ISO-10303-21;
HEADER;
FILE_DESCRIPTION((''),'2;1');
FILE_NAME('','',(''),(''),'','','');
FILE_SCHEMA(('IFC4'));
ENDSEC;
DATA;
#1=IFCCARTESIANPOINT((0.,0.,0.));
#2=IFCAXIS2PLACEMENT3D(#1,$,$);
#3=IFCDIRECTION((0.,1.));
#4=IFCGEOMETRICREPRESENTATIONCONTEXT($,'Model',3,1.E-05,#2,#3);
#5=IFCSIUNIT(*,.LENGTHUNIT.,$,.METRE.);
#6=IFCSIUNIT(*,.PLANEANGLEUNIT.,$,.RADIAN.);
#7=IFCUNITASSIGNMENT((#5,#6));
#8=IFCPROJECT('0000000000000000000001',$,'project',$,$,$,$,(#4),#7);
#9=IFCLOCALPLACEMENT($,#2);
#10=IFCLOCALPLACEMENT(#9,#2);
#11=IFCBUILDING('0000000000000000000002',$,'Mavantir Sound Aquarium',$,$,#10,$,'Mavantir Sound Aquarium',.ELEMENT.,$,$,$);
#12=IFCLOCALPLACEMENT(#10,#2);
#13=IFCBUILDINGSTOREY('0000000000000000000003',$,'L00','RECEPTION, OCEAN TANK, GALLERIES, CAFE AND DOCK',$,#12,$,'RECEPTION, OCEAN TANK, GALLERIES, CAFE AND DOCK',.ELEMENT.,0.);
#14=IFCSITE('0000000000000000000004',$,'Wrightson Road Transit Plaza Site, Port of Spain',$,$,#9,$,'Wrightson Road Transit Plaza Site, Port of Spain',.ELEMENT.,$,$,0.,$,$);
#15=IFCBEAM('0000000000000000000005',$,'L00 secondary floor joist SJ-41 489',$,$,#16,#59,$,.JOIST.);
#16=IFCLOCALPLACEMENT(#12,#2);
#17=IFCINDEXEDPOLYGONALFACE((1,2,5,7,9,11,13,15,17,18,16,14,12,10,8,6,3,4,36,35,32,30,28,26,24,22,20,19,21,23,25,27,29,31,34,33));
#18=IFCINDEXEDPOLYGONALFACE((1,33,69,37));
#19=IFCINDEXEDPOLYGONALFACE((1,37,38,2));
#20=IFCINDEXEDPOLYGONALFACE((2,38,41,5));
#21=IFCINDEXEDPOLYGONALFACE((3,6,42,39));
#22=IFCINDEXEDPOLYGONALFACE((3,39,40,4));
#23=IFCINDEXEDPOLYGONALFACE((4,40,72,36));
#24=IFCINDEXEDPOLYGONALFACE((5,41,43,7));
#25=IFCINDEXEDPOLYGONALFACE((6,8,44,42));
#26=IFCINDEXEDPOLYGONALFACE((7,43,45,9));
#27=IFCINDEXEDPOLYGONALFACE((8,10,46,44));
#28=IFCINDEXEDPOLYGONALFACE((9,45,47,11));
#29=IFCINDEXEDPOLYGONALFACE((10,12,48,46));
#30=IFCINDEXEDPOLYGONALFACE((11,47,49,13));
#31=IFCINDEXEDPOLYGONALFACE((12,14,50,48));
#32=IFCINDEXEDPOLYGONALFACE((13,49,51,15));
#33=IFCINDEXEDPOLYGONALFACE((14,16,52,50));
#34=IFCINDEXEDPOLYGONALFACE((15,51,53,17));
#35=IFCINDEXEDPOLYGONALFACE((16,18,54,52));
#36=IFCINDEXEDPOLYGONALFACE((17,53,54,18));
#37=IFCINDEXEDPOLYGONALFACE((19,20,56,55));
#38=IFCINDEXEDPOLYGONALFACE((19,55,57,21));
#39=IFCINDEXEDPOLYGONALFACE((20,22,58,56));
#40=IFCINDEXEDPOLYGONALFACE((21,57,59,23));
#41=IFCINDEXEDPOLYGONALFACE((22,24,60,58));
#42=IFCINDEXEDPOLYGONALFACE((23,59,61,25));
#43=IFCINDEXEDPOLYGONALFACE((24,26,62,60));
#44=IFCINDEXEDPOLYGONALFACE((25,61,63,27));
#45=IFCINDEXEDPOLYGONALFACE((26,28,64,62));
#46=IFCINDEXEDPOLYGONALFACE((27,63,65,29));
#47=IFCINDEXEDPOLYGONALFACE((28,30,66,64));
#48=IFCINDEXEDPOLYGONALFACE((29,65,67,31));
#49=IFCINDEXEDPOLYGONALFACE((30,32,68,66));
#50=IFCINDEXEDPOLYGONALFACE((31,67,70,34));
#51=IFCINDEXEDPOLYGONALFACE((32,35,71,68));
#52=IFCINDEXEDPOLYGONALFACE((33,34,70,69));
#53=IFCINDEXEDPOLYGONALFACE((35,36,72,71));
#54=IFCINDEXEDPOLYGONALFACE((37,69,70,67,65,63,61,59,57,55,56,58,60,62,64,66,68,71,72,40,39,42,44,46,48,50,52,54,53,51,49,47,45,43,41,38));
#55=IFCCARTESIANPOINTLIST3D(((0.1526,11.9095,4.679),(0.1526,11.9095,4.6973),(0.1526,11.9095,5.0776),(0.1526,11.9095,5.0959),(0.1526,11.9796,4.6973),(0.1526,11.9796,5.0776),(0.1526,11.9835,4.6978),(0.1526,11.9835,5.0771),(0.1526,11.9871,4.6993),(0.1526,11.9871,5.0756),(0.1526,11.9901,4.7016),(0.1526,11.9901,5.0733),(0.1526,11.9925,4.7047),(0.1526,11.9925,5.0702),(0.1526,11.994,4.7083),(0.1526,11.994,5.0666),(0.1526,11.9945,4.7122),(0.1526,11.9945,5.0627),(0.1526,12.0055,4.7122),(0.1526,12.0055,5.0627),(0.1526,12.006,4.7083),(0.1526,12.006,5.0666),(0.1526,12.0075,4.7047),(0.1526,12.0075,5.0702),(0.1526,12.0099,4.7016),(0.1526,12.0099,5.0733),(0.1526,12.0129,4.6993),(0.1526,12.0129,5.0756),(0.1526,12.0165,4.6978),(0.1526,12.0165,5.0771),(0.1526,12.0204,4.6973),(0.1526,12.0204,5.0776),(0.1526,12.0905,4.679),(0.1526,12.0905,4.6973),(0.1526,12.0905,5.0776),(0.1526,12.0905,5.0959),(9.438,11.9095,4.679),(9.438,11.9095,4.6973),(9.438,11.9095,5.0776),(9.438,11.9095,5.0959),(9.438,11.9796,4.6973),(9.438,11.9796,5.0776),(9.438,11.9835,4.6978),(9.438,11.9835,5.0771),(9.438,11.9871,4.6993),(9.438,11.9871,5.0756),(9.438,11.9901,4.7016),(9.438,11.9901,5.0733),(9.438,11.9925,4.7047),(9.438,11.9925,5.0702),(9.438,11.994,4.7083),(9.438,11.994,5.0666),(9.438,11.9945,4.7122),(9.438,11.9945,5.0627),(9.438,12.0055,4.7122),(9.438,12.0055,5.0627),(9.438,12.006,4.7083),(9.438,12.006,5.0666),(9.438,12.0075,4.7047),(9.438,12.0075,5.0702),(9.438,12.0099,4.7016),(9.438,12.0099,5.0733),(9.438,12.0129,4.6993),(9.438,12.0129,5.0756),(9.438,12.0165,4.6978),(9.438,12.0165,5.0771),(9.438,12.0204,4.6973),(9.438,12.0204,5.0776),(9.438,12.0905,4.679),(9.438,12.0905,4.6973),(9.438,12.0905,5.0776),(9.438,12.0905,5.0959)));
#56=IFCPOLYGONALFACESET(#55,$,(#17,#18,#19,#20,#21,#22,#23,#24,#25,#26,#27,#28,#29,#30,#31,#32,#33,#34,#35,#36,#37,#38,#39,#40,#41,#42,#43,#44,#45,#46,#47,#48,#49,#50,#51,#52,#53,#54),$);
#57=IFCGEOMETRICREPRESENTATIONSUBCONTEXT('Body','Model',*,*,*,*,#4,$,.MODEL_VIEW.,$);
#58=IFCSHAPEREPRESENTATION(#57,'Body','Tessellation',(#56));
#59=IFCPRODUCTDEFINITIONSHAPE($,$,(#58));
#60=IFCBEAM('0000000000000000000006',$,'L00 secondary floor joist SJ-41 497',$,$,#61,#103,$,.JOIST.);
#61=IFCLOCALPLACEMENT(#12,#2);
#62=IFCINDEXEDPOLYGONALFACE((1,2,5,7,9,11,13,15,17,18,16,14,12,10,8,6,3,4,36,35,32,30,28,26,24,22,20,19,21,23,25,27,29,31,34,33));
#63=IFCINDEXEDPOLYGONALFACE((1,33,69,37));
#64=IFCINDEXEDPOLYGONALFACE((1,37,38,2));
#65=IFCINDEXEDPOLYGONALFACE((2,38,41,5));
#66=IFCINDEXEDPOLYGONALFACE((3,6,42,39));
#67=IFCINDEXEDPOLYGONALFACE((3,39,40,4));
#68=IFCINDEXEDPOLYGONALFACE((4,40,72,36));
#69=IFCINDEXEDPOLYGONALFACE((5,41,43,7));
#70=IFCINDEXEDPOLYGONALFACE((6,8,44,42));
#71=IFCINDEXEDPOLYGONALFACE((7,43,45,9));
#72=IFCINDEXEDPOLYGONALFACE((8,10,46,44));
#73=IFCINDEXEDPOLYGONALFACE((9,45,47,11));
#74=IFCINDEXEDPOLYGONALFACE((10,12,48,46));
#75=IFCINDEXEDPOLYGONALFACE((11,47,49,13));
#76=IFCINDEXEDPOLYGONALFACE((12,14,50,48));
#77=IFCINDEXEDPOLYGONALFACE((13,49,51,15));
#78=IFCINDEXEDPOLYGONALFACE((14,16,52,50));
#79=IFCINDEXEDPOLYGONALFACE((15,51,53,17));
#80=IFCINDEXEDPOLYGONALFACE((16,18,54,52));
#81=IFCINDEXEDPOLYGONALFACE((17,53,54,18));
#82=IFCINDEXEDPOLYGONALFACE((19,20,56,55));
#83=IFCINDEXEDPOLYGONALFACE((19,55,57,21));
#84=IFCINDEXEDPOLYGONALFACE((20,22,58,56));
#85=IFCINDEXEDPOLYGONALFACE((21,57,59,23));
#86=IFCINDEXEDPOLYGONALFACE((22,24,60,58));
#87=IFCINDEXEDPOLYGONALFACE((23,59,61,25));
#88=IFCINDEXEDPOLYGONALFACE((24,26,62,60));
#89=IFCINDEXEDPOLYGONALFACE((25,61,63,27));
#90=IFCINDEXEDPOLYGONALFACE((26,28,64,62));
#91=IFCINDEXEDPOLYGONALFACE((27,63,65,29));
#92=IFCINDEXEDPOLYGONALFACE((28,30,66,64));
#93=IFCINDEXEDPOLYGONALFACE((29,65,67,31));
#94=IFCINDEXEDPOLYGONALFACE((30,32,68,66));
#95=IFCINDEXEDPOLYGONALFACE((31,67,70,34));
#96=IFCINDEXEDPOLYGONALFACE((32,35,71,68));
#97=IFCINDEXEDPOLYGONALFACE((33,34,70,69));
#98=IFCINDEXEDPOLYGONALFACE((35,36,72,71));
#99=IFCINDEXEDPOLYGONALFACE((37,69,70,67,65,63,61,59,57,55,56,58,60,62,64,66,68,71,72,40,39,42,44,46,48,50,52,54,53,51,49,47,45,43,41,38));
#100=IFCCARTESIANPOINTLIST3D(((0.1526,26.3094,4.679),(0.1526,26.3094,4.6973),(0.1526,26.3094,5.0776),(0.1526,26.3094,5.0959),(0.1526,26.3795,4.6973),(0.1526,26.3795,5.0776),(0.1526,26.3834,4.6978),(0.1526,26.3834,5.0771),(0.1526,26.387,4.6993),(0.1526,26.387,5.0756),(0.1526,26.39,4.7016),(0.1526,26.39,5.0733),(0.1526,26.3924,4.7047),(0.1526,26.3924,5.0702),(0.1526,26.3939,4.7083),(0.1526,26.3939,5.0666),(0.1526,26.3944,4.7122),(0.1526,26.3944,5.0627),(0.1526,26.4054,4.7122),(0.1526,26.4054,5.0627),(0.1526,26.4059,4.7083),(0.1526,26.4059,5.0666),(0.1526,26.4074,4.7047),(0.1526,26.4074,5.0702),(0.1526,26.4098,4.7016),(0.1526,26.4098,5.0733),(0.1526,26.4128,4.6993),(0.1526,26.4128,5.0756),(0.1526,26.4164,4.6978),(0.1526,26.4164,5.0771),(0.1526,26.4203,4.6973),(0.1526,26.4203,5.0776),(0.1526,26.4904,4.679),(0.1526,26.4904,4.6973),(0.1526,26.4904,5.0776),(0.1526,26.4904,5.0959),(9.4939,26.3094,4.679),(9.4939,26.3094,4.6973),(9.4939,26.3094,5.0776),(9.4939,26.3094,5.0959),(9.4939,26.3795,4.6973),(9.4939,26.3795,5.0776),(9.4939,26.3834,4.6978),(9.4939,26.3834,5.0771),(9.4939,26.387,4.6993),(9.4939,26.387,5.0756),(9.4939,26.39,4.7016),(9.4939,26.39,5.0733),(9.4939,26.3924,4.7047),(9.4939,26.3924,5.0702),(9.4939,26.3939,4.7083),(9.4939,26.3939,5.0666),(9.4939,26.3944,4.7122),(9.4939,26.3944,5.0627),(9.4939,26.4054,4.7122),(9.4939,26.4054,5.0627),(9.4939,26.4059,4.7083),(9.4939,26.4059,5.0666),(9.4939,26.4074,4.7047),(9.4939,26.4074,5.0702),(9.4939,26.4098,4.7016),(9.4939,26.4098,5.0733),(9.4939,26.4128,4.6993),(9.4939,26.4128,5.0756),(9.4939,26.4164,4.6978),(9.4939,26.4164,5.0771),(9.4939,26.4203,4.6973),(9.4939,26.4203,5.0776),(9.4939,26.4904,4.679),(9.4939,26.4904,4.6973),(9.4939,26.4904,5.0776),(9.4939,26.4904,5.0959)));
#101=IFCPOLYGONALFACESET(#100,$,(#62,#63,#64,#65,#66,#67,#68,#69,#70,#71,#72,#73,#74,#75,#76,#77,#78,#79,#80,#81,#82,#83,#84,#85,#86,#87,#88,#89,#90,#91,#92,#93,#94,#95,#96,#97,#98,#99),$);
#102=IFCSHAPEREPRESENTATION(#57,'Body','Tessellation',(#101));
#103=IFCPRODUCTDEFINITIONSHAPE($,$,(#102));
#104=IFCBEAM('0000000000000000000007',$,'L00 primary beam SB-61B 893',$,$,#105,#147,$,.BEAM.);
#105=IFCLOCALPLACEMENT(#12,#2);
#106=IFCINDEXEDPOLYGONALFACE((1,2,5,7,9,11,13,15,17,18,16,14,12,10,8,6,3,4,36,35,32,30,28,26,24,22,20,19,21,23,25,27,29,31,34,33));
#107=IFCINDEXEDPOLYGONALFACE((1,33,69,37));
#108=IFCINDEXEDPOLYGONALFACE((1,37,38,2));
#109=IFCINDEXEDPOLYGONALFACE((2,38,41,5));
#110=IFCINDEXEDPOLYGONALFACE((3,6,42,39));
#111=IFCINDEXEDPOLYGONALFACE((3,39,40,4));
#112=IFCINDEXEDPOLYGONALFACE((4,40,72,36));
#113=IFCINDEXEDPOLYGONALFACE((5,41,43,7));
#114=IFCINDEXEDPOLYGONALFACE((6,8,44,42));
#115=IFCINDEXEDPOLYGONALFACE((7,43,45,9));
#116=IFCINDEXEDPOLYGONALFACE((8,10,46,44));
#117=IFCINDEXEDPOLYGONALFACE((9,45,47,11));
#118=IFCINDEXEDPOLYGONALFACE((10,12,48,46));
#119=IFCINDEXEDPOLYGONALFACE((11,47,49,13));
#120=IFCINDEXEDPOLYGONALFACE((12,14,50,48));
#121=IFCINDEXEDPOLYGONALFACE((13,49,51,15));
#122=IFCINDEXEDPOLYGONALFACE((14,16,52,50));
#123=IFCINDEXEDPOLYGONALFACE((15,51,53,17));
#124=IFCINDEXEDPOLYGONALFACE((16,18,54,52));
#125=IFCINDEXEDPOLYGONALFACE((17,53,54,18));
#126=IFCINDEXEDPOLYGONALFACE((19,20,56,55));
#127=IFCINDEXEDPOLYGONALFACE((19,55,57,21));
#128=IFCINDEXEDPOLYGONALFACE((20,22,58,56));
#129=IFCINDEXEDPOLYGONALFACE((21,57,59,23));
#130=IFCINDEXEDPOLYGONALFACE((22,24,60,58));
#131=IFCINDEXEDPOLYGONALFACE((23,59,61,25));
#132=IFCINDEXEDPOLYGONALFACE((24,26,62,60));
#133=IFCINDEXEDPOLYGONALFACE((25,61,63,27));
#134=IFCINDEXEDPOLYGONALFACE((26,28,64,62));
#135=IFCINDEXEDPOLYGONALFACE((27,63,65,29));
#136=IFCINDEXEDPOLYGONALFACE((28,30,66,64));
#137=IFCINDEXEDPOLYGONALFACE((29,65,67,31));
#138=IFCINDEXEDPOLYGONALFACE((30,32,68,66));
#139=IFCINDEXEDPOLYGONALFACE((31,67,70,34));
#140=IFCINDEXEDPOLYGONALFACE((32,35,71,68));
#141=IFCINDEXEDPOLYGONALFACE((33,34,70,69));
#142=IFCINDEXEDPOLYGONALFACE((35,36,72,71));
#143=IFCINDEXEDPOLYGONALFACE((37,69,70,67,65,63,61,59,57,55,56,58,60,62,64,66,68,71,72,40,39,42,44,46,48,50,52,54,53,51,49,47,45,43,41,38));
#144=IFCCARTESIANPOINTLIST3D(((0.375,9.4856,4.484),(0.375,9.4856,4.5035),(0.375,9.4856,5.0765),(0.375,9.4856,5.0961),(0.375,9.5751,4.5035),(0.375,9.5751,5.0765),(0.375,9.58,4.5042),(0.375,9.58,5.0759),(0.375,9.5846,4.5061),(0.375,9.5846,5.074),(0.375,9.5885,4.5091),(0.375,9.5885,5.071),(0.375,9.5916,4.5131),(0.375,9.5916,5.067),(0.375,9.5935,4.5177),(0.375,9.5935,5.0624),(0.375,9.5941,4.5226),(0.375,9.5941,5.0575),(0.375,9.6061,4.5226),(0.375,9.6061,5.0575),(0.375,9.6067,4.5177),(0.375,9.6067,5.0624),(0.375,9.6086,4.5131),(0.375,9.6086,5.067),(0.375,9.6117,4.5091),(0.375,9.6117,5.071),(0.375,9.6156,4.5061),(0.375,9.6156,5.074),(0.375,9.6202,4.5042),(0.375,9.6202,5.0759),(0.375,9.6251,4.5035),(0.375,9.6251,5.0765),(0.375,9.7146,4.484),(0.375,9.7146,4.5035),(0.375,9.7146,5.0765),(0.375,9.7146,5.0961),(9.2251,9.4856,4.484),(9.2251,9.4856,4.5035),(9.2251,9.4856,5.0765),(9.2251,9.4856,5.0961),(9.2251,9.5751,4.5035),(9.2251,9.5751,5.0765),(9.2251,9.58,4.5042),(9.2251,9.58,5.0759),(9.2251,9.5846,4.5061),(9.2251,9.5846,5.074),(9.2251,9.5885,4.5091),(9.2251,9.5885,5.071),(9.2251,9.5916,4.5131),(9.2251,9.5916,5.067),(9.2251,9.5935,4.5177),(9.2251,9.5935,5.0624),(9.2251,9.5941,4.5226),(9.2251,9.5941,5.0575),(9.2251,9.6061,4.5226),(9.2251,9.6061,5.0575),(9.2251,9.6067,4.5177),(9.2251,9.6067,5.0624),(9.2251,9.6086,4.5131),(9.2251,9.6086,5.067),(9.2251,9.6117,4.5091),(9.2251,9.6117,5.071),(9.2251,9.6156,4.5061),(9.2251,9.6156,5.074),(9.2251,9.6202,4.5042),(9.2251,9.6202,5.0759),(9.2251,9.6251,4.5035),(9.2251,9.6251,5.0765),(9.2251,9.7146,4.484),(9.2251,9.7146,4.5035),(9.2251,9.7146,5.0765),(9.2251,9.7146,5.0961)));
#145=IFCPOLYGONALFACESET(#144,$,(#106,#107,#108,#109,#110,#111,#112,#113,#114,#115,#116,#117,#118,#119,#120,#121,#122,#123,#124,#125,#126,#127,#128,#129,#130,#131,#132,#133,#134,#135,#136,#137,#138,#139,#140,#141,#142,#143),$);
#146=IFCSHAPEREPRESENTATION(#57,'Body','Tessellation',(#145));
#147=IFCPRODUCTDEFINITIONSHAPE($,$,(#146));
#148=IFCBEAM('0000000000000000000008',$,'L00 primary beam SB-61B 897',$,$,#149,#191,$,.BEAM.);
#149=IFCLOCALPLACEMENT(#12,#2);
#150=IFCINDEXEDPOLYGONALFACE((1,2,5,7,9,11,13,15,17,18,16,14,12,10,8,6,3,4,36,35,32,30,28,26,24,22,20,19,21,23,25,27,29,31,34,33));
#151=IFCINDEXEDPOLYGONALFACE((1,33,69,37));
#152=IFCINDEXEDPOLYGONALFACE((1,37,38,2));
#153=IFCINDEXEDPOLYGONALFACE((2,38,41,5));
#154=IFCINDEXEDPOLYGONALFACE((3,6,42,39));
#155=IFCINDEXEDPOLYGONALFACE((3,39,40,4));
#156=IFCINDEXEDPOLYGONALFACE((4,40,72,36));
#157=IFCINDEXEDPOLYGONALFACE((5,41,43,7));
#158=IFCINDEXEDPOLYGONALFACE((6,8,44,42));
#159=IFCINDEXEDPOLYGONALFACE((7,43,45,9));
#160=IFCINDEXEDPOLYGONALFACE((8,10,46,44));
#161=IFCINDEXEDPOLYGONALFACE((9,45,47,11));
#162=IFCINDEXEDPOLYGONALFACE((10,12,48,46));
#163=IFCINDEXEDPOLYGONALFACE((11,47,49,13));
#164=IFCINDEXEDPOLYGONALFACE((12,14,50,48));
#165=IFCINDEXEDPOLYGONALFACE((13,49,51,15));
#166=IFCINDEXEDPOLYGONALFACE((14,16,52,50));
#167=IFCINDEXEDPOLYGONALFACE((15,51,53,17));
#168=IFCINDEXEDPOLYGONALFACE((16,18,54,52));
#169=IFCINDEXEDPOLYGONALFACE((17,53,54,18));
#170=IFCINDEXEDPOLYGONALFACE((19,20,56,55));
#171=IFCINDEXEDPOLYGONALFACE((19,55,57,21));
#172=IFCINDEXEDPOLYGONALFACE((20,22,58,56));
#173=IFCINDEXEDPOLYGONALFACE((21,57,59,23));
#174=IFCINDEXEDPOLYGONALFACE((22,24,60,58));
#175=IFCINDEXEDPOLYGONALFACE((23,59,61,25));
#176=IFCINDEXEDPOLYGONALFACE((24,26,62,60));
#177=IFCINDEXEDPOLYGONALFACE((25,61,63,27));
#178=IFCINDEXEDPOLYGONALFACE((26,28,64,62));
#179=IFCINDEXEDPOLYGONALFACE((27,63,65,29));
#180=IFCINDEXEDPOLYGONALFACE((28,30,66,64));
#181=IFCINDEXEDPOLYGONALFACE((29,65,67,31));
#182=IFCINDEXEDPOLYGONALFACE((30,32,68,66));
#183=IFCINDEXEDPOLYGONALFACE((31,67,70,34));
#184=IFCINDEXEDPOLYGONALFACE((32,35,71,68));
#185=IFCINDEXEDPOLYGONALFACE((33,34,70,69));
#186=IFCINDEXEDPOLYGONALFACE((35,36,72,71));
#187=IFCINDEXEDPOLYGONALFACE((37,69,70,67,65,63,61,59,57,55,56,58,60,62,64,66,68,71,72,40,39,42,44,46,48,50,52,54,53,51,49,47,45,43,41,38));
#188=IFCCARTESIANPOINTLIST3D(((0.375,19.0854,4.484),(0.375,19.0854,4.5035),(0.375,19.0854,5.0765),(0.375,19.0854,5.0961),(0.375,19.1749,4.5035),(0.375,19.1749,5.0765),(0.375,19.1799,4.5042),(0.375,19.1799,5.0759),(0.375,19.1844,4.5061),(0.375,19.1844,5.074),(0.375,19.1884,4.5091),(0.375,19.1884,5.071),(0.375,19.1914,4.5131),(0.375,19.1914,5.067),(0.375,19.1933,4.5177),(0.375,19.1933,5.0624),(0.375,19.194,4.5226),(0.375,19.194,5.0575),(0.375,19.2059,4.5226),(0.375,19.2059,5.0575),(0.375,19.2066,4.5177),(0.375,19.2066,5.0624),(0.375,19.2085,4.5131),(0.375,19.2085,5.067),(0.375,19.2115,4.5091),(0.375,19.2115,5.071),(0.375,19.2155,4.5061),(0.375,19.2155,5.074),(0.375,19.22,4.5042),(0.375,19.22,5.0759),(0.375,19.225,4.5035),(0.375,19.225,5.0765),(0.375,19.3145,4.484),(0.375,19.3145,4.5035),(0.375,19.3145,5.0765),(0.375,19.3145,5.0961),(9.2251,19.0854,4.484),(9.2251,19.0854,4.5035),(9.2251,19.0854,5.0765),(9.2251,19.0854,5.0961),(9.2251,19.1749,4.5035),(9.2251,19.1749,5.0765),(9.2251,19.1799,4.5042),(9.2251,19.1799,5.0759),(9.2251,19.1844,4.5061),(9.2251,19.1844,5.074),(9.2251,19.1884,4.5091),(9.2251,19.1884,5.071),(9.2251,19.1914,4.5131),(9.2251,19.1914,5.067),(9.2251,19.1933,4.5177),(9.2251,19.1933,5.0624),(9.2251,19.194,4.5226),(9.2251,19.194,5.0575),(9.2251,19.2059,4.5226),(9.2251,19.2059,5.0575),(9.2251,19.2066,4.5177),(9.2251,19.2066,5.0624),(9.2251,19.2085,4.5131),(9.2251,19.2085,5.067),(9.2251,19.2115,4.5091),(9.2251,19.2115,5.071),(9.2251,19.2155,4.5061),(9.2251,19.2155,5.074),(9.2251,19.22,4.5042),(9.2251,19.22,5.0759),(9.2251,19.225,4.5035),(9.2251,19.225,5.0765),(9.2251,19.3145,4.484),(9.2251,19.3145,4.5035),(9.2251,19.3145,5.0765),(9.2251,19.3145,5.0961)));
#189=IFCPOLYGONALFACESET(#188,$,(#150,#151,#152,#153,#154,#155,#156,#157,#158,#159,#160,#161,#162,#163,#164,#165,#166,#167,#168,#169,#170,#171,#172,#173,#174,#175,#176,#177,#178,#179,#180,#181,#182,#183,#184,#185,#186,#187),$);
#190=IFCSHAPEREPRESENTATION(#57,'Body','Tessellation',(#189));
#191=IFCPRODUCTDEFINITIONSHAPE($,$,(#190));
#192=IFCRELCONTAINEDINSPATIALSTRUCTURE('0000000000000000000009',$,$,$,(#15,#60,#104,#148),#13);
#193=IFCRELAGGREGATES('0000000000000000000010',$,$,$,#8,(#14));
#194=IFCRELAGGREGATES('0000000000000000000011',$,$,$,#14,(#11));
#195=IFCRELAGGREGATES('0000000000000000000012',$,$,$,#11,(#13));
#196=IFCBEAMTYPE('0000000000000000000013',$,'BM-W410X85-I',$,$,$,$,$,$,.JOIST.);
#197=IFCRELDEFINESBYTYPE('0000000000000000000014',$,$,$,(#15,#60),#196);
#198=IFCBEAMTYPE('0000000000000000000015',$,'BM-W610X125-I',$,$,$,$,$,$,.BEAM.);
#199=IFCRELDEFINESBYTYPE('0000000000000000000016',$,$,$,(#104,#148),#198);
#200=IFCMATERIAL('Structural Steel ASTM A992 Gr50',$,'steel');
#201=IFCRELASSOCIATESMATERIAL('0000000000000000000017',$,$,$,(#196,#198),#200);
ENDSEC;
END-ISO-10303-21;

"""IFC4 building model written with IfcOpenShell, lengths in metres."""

from ifc_helpers import new_model, si_unit, direction, frame, origin, origin_2d, place, context, subcontext, project, spatial, i_section, extrude, material, material_profile, profile_set, type_object, element, save


model = new_model("IFC4")

# Units and contexts
model_context = context("Model", 3, precision=1e-05, world=origin(), true_north=direction((0.0, 1.0)))
body_context = subcontext(model_context, "Body", "Model", "MODEL_VIEW")
ifc_project = project(units=[si_unit("LENGTHUNIT", "METRE"), si_unit("PLANEANGLEUNIT", "RADIAN")], contexts=[model_context])

# Site, building, storey
site_placement = place(None, origin())
site = spatial("IfcSite", under=ifc_project, at=site_placement, Name="Wrightson Road Transit Plaza Site, Port of Spain", LongName="Wrightson Road Transit Plaza Site, Port of Spain", CompositionType="ELEMENT", RefElevation=0.0)
building_placement = place(site_placement, origin())
building = spatial("IfcBuilding", under=site, at=building_placement, Name="Mavantir Sound Aquarium", LongName="Mavantir Sound Aquarium", CompositionType="ELEMENT")
storey_placement = place(building_placement, origin())
storey = spatial("IfcBuildingStorey", under=building, at=storey_placement, Name="L00", Description="RECEPTION, OCEAN TANK, GALLERIES, CAFE AND DOCK", LongName="RECEPTION, OCEAN TANK, GALLERIES, CAFE AND DOCK", CompositionType="ELEMENT", Elevation=0.0)

# Beams
ifc_material_1 = material(Name="Structural Steel ASTM A992 Gr50", Category="steel")
ifc_material_profile_1 = material_profile(ifc_material_1, i_section(OverallWidth=0.1809, OverallDepth=0.417, WebThickness=0.011, FlangeThickness=0.0183, FilletRadius=0.0149, at=origin_2d()), Name="W410X85")
ifc_profile_set_1 = profile_set([ifc_material_profile_1], Name="Structural Steel ASTM A992 Gr50")
beam_type_1 = type_object("IfcBeamType", Name="BM-W410X85-I", PredefinedType="JOIST", material=ifc_profile_set_1)
beam_1_placement = place(storey_placement, frame((0.1526, 12.0, 4.8875), z_axis=(1.0, 0.0, 0.0), x_axis=(0.0, 1.0, 0.0)))
element("IfcBeam", 1, at=beam_1_placement, inside=storey, type_object=beam_type_1, Name="L00 secondary floor joist SJ-41 489", PredefinedType="JOIST", context=body_context, shape_type="SweptSolid", body=[
    extrude(i_section(OverallWidth=0.1809, OverallDepth=0.417, WebThickness=0.011, FlangeThickness=0.0183, FilletRadius=0.0149, at=origin_2d()), origin(), (0.0, 0.0, 1.0), 9.2854),
])
beam_2_placement = place(storey_placement, frame((0.1526, 26.3999, 4.8875), z_axis=(1.0, 0.0, 0.0), x_axis=(0.0, 1.0, 0.0)))
element("IfcBeam", 2, at=beam_2_placement, inside=storey, type_object=beam_type_1, Name="L00 secondary floor joist SJ-41 497", PredefinedType="JOIST", context=body_context, shape_type="SweptSolid", body=[
    extrude(i_section(OverallWidth=0.1809, OverallDepth=0.417, WebThickness=0.011, FlangeThickness=0.0183, FilletRadius=0.0149, at=origin_2d()), origin(), (0.0, 0.0, 1.0), 9.3413),
])
ifc_material_profile_2 = material_profile(ifc_material_1, i_section(OverallWidth=0.229, OverallDepth=0.6121, WebThickness=0.012, FlangeThickness=0.0195, FilletRadius=0.019, at=origin_2d()), Name="W610X125")
ifc_profile_set_2 = profile_set([ifc_material_profile_2], Name="Structural Steel ASTM A992 Gr50")
beam_type_2 = type_object("IfcBeamType", Name="BM-W610X125-I", PredefinedType="BEAM", material=ifc_profile_set_2)
for number, where, z_axis, x_axis, name in (
    (3, (0.375, 9.6001, 4.79), (1.0, 0.0, 0.0), (0.0, 1.0, 0.0), "L00 primary beam SB-61B 893"),
    (4, (0.375, 19.2, 4.79), (1.0, 0.0, 0.0), (0.0, 1.0, 0.0), "L00 primary beam SB-61B 897"),
):
    element("IfcBeam", number, at=place(storey_placement, frame(where, z_axis=z_axis, x_axis=x_axis)), inside=storey, type_object=beam_type_2, Name=name, PredefinedType="BEAM", context=body_context, shape_type="SweptSolid", body=[
        extrude(i_section(OverallWidth=0.229, OverallDepth=0.6121, WebThickness=0.012, FlangeThickness=0.0195, FilletRadius=0.019, at=origin_2d()), origin(), (0.0, 0.0, 1.0), 8.8501),
    ])

save(model, "model.ifc")
